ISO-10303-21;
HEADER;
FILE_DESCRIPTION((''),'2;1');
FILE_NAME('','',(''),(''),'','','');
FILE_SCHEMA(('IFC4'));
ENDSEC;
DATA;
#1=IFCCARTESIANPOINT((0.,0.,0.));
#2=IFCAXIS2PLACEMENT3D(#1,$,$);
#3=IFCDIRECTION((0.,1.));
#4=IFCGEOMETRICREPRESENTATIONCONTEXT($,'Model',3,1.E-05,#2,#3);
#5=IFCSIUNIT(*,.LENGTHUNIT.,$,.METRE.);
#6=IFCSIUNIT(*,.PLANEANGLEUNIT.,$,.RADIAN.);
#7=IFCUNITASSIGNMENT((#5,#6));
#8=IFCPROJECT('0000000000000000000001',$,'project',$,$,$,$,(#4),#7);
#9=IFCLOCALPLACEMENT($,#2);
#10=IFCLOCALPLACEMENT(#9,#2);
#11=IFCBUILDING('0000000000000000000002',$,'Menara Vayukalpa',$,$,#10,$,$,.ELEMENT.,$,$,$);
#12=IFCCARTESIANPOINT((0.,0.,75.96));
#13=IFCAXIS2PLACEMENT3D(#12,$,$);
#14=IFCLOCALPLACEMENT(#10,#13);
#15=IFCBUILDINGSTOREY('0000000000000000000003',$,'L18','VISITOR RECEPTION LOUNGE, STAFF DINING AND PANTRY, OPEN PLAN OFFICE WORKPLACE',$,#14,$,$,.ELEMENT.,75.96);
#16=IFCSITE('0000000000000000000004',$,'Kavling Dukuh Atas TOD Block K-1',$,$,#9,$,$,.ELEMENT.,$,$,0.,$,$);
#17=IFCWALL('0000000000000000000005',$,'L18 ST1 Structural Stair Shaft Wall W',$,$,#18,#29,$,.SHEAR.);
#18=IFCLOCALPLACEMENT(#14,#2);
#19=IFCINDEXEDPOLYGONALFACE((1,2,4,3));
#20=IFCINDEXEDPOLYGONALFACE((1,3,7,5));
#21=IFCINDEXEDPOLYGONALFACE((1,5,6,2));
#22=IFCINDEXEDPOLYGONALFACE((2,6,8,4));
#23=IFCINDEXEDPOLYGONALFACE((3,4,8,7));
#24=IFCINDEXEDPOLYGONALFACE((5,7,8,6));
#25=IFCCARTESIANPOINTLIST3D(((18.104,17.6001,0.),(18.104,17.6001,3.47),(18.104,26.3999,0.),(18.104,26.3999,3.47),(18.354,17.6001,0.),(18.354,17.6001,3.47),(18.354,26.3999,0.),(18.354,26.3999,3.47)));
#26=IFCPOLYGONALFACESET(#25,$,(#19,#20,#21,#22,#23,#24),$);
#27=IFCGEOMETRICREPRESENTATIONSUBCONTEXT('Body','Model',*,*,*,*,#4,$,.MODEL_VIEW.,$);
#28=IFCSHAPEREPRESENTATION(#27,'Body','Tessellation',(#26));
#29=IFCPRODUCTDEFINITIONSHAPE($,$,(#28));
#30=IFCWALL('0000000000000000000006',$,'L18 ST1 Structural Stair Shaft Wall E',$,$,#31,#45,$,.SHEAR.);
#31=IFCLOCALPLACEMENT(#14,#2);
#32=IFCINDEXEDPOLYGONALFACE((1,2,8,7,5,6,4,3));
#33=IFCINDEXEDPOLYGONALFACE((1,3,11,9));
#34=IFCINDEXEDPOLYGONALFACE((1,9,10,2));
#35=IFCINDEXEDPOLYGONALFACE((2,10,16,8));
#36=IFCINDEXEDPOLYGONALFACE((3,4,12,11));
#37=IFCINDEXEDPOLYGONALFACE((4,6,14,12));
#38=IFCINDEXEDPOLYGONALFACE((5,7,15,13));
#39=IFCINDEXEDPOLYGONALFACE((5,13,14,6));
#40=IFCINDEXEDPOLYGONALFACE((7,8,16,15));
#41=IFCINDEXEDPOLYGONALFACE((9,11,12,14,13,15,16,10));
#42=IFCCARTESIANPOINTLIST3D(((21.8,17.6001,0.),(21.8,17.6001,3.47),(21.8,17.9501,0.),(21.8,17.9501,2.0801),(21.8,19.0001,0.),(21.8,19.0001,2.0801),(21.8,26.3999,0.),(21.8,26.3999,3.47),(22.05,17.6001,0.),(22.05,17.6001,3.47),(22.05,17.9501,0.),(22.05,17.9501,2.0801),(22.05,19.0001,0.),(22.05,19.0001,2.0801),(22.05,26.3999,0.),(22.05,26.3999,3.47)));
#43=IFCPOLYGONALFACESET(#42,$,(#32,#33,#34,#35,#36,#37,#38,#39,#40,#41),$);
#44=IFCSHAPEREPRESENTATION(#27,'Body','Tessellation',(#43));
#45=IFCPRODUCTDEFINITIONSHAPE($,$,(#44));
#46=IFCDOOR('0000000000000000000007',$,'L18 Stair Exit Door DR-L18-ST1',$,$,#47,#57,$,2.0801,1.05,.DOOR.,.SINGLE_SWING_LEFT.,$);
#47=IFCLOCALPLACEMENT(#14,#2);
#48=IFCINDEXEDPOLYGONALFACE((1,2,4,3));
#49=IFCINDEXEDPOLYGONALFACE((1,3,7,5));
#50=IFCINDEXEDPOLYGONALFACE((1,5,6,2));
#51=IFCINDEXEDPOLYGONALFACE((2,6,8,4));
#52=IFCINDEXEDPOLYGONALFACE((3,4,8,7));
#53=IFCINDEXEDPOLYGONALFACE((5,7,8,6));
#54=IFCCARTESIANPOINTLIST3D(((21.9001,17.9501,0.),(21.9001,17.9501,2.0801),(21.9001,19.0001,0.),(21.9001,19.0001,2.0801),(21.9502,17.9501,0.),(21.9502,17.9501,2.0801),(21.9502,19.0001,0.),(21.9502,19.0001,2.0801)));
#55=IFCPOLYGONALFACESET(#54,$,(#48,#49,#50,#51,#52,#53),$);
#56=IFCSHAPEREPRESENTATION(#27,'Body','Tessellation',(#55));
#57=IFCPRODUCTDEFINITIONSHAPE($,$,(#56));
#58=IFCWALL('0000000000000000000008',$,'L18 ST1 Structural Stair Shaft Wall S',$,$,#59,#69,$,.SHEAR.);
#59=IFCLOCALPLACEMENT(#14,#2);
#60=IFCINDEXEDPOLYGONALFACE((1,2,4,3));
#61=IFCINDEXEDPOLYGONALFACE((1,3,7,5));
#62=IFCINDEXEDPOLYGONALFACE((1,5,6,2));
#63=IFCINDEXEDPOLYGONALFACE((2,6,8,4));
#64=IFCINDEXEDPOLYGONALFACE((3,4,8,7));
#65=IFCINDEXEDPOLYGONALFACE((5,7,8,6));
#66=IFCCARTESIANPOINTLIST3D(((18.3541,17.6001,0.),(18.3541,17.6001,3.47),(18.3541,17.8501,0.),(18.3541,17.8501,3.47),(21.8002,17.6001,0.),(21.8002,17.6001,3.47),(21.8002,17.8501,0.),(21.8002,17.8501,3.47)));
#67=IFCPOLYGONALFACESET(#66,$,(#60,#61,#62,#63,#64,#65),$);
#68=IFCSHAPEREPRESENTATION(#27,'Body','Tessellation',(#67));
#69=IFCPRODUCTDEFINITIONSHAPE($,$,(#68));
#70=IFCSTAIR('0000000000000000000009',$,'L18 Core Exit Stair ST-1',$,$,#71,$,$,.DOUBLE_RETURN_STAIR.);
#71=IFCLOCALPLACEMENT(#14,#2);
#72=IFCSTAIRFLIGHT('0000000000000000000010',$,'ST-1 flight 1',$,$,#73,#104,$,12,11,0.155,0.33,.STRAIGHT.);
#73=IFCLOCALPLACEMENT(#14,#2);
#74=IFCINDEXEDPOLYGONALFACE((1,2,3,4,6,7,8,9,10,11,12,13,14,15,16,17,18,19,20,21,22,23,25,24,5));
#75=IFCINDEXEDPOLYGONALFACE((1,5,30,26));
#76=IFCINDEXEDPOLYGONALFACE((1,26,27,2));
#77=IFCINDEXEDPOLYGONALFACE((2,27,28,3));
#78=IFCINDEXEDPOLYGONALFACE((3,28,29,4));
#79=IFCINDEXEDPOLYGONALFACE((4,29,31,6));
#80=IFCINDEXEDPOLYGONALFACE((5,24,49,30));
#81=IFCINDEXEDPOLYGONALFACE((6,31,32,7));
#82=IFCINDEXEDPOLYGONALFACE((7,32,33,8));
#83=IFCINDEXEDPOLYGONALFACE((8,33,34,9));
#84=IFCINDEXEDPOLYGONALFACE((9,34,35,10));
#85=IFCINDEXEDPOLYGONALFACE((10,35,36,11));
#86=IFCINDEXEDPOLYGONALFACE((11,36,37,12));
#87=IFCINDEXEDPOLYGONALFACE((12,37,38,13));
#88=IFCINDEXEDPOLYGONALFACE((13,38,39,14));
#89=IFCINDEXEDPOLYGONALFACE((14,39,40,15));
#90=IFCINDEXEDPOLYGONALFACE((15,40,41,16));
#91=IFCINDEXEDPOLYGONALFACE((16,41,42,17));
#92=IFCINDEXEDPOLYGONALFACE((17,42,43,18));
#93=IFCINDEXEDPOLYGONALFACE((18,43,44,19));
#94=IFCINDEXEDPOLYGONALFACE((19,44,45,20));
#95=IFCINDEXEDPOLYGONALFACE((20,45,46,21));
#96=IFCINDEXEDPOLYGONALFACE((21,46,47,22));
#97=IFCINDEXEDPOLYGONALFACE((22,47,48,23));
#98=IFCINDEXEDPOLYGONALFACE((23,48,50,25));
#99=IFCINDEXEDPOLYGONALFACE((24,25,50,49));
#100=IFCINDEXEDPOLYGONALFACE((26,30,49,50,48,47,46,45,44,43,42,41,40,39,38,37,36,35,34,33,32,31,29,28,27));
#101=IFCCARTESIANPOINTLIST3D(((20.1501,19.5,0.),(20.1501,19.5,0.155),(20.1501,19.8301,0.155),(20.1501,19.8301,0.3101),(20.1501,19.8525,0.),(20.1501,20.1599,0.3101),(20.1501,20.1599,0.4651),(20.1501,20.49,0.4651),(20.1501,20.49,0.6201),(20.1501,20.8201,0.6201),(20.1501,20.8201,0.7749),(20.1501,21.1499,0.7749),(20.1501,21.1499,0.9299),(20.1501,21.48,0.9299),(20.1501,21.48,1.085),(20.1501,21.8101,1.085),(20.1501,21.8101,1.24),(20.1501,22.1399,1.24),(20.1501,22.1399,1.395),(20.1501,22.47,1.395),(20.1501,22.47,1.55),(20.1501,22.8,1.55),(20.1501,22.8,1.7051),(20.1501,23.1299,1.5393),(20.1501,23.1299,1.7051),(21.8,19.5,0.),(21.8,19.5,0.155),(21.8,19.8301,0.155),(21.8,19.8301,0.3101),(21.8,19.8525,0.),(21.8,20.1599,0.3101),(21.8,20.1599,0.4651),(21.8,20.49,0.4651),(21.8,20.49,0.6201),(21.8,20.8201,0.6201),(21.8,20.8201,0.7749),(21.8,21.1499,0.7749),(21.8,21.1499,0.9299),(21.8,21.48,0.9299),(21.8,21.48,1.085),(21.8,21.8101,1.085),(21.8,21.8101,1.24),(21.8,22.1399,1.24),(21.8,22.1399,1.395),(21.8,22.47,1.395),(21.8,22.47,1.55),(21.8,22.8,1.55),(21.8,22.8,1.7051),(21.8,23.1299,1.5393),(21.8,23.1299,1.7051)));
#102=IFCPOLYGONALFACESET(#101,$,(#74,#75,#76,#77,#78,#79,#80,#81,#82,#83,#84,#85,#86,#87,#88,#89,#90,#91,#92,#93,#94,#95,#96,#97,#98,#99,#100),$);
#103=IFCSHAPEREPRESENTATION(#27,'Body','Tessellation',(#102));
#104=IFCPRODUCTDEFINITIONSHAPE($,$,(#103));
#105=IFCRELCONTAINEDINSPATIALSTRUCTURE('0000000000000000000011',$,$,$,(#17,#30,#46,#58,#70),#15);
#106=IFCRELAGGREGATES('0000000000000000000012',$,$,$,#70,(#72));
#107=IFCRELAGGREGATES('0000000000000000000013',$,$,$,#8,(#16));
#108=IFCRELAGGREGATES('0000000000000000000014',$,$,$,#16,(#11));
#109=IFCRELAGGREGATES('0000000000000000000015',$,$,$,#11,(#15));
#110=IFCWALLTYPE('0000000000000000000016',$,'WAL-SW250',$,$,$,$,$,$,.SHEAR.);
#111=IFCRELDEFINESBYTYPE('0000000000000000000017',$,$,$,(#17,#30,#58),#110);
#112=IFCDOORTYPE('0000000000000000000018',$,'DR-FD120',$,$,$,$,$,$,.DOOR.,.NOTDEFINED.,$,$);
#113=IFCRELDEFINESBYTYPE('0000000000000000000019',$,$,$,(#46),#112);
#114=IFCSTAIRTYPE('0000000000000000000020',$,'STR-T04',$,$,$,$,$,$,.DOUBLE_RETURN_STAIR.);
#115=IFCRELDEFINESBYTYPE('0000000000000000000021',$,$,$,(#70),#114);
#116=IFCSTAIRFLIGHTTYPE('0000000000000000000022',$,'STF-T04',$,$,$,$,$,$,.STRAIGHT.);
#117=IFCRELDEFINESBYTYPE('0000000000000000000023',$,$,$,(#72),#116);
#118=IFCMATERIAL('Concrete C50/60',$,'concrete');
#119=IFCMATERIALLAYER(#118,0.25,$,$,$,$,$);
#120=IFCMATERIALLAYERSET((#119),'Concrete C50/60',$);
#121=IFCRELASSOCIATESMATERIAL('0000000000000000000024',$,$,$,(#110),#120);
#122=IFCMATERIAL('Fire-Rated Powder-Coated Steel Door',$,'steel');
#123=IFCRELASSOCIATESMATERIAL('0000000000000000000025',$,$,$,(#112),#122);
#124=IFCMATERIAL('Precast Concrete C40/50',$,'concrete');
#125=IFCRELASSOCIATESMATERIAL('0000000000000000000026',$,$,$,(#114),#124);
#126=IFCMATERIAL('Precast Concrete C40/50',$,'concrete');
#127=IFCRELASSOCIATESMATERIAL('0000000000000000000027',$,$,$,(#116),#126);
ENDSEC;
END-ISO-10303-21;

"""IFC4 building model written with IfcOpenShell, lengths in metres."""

from ifc_helpers import new_model, si_unit, direction, frame, frame_2d, origin, place, context, subcontext, project, spatial, polyline, rectangle, outline, extrude, material, layer, layer_set, type_object, element, fill, aggregate, save


model = new_model("IFC4")

# Units and contexts
model_context = context("Model", 3, precision=1e-05, world=origin(), true_north=direction((0.0, 1.0)))
body_context = subcontext(model_context, "Body", "Model", "MODEL_VIEW")
ifc_project = project(units=[si_unit("LENGTHUNIT", "METRE"), si_unit("PLANEANGLEUNIT", "RADIAN")], contexts=[model_context])

# Site, building, storey
site_placement = place(None, origin())
site = spatial("IfcSite", under=ifc_project, at=site_placement, Name="Kavling Dukuh Atas TOD Block K-1", CompositionType="ELEMENT", RefElevation=0.0)
building_placement = place(site_placement, origin())
building = spatial("IfcBuilding", under=site, at=building_placement, Name="Menara Vayukalpa", CompositionType="ELEMENT")
storey_placement = place(building_placement, frame((0.0, 0.0, 75.96)))
storey = spatial("IfcBuildingStorey", under=building, at=storey_placement, Name="L18", Description="VISITOR RECEPTION LOUNGE, STAFF DINING AND PANTRY, OPEN PLAN OFFICE WORKPLACE", CompositionType="ELEMENT", Elevation=75.96)

# Wall
ifc_material_1 = material(Name="Concrete C50/60", Category="concrete")
ifc_layer_1 = layer(ifc_material_1, 0.25)
ifc_layer_set_1 = layer_set([ifc_layer_1], Name="Concrete C50/60")
wall_type_1 = type_object("IfcWallType", Name="WAL-SW250", PredefinedType="SHEAR", material=ifc_layer_set_1)
wall_1_placement = place(storey_placement, frame((18.229, 17.6001, 0.0), z_axis=(0.0, 0.0, 1.0), x_axis=(0.0, 1.0, 0.0)))
element("IfcWall", 1, at=wall_1_placement, inside=storey, type_object=wall_type_1, Name="L18 ST1 Structural Stair Shaft Wall W", PredefinedType="SHEAR", context=body_context, shape_type="SweptSolid", body=[
    extrude(rectangle(XDim=8.7998, YDim=0.25, at=frame_2d((4.3999, 0.0))), origin(), (0.0, 0.0, 1.0), 3.47),
])

# Wall, opening, door
wall_2_placement = place(storey_placement, frame((21.925, 17.6001, 0.0), z_axis=(0.0, 0.0, 1.0), x_axis=(0.0, 1.0, 0.0)))
wall_2 = element("IfcWall", 2, at=wall_2_placement, inside=storey, type_object=wall_type_1, Name="L18 ST1 Structural Stair Shaft Wall E", PredefinedType="SHEAR", context=body_context, shape_type="SweptSolid", body=[
    extrude(rectangle(XDim=8.7998, YDim=0.25, at=frame_2d((4.3999, 0.0))), origin(), (0.0, 0.0, 1.0), 3.47),
])
opening_1_placement = place(wall_2_placement, frame((0.3501, 0.0, 0.0)))
opening_1 = element("IfcOpeningElement", 3, at=opening_1_placement, cuts=wall_2, PredefinedType="OPENING", context=body_context, shape_type="SweptSolid", body=[
    extrude(rectangle(XDim=1.05, YDim=2.0801, at=frame_2d((0.5249, 1.04))), frame((0.0, 0.135, 0.0), z_axis=(0.0, -1.0, 0.0), x_axis=(1.0, 0.0, 0.0)), (0.0, 0.0, 1.0), 0.27),
])
ifc_material_2 = material(Name="Fire-Rated Powder-Coated Steel Door", Category="steel")
door_type_1 = type_object("IfcDoorType", Name="DR-FD120", OperationType="NOTDEFINED", PredefinedType="DOOR", material=ifc_material_2)
door_1_placement = place(opening_1_placement, origin())
door_1 = element("IfcDoor", 4, at=door_1_placement, inside=storey, type_object=door_type_1, Name="L18 Stair Exit Door DR-L18-ST1", OperationType="SINGLE_SWING_LEFT", OverallHeight=2.0801, OverallWidth=1.05, PredefinedType="DOOR", context=body_context, shape_type="SweptSolid", body=[
    extrude(rectangle(XDim=1.05, YDim=2.0801, at=frame_2d((0.5249, 1.04))), frame((0.0, 0.0249, 0.0), z_axis=(0.0, -1.0, 0.0), x_axis=(1.0, 0.0, 0.0)), (0.0, 0.0, 1.0), 0.05),
])
fill(opening_1, door_1)

# Wall
wall_3_placement = place(storey_placement, frame((18.354, 17.7251, 0.0), z_axis=(0.0, 0.0, 1.0), x_axis=(1.0, 0.0, 0.0)))
element("IfcWall", 5, at=wall_3_placement, inside=storey, type_object=wall_type_1, Name="L18 ST1 Structural Stair Shaft Wall S", PredefinedType="SHEAR", context=body_context, shape_type="SweptSolid", body=[
    extrude(rectangle(XDim=3.446, YDim=0.25, at=frame_2d((1.7231, 0.0))), origin(), (0.0, 0.0, 1.0), 3.47),
])

# Stair, stair flight
ifc_material_3 = material(Name="Precast Concrete C40/50", Category="concrete")
stair_type = type_object("IfcStairType", Name="STR-T04", PredefinedType="DOUBLE_RETURN_STAIR", material=ifc_material_3)
stair_placement = place(storey_placement, origin())
stair = element("IfcStair", 6, at=stair_placement, inside=storey, type_object=stair_type, Name="L18 Core Exit Stair ST-1", PredefinedType="DOUBLE_RETURN_STAIR")
ifc_material_4 = material(Name="Precast Concrete C40/50", Category="concrete")
stair_flight_type = type_object("IfcStairFlightType", Name="STF-T04", PredefinedType="STRAIGHT", material=ifc_material_4)
stair_flight_placement = place(storey_placement, frame((20.9751, 19.5, 0.0), z_axis=(0.0, 0.0, 1.0), x_axis=(0.0, 1.0, 0.0)))
stair_flight = element("IfcStairFlight", 7, at=stair_flight_placement, type_object=stair_flight_type, Name="ST-1 flight 1", NumberOfRisers=12, NumberOfTreads=11, PredefinedType="STRAIGHT", RiserHeight=0.155, TreadLength=0.33, context=body_context, shape_type="SweptSolid", body=[
    extrude(outline(polyline([(0.0, 0.0), (0.0, 0.155), (0.3301, 0.155), (0.3301, 0.3101), (0.6599, 0.3101), (0.6599, 0.4651), (0.99, 0.4651), (0.99, 0.6201), (1.3201, 0.6201), (1.3201, 0.7749), (1.6499, 0.7749), (1.6499, 0.9299), (1.98, 0.9299), (1.98, 1.085), (2.3101, 1.085), (2.3101, 1.24), (2.6399, 1.24), (2.6399, 1.395), (2.97, 1.395), (2.97, 1.55), (3.3, 1.55), (3.3, 1.7051), (3.6299, 1.7051), (3.6299, 1.8601), (3.6299, 1.5393), (0.3525, 0.0), (0.0, 0.0)])), frame((0.0, 0.825, 0.0), z_axis=(0.0, -1.0, 0.0), x_axis=(1.0, 0.0, 0.0)), (0.0, 0.0, 1.0), 1.6499),
])
aggregate(stair, [stair_flight])

save(model, "model.ifc")
